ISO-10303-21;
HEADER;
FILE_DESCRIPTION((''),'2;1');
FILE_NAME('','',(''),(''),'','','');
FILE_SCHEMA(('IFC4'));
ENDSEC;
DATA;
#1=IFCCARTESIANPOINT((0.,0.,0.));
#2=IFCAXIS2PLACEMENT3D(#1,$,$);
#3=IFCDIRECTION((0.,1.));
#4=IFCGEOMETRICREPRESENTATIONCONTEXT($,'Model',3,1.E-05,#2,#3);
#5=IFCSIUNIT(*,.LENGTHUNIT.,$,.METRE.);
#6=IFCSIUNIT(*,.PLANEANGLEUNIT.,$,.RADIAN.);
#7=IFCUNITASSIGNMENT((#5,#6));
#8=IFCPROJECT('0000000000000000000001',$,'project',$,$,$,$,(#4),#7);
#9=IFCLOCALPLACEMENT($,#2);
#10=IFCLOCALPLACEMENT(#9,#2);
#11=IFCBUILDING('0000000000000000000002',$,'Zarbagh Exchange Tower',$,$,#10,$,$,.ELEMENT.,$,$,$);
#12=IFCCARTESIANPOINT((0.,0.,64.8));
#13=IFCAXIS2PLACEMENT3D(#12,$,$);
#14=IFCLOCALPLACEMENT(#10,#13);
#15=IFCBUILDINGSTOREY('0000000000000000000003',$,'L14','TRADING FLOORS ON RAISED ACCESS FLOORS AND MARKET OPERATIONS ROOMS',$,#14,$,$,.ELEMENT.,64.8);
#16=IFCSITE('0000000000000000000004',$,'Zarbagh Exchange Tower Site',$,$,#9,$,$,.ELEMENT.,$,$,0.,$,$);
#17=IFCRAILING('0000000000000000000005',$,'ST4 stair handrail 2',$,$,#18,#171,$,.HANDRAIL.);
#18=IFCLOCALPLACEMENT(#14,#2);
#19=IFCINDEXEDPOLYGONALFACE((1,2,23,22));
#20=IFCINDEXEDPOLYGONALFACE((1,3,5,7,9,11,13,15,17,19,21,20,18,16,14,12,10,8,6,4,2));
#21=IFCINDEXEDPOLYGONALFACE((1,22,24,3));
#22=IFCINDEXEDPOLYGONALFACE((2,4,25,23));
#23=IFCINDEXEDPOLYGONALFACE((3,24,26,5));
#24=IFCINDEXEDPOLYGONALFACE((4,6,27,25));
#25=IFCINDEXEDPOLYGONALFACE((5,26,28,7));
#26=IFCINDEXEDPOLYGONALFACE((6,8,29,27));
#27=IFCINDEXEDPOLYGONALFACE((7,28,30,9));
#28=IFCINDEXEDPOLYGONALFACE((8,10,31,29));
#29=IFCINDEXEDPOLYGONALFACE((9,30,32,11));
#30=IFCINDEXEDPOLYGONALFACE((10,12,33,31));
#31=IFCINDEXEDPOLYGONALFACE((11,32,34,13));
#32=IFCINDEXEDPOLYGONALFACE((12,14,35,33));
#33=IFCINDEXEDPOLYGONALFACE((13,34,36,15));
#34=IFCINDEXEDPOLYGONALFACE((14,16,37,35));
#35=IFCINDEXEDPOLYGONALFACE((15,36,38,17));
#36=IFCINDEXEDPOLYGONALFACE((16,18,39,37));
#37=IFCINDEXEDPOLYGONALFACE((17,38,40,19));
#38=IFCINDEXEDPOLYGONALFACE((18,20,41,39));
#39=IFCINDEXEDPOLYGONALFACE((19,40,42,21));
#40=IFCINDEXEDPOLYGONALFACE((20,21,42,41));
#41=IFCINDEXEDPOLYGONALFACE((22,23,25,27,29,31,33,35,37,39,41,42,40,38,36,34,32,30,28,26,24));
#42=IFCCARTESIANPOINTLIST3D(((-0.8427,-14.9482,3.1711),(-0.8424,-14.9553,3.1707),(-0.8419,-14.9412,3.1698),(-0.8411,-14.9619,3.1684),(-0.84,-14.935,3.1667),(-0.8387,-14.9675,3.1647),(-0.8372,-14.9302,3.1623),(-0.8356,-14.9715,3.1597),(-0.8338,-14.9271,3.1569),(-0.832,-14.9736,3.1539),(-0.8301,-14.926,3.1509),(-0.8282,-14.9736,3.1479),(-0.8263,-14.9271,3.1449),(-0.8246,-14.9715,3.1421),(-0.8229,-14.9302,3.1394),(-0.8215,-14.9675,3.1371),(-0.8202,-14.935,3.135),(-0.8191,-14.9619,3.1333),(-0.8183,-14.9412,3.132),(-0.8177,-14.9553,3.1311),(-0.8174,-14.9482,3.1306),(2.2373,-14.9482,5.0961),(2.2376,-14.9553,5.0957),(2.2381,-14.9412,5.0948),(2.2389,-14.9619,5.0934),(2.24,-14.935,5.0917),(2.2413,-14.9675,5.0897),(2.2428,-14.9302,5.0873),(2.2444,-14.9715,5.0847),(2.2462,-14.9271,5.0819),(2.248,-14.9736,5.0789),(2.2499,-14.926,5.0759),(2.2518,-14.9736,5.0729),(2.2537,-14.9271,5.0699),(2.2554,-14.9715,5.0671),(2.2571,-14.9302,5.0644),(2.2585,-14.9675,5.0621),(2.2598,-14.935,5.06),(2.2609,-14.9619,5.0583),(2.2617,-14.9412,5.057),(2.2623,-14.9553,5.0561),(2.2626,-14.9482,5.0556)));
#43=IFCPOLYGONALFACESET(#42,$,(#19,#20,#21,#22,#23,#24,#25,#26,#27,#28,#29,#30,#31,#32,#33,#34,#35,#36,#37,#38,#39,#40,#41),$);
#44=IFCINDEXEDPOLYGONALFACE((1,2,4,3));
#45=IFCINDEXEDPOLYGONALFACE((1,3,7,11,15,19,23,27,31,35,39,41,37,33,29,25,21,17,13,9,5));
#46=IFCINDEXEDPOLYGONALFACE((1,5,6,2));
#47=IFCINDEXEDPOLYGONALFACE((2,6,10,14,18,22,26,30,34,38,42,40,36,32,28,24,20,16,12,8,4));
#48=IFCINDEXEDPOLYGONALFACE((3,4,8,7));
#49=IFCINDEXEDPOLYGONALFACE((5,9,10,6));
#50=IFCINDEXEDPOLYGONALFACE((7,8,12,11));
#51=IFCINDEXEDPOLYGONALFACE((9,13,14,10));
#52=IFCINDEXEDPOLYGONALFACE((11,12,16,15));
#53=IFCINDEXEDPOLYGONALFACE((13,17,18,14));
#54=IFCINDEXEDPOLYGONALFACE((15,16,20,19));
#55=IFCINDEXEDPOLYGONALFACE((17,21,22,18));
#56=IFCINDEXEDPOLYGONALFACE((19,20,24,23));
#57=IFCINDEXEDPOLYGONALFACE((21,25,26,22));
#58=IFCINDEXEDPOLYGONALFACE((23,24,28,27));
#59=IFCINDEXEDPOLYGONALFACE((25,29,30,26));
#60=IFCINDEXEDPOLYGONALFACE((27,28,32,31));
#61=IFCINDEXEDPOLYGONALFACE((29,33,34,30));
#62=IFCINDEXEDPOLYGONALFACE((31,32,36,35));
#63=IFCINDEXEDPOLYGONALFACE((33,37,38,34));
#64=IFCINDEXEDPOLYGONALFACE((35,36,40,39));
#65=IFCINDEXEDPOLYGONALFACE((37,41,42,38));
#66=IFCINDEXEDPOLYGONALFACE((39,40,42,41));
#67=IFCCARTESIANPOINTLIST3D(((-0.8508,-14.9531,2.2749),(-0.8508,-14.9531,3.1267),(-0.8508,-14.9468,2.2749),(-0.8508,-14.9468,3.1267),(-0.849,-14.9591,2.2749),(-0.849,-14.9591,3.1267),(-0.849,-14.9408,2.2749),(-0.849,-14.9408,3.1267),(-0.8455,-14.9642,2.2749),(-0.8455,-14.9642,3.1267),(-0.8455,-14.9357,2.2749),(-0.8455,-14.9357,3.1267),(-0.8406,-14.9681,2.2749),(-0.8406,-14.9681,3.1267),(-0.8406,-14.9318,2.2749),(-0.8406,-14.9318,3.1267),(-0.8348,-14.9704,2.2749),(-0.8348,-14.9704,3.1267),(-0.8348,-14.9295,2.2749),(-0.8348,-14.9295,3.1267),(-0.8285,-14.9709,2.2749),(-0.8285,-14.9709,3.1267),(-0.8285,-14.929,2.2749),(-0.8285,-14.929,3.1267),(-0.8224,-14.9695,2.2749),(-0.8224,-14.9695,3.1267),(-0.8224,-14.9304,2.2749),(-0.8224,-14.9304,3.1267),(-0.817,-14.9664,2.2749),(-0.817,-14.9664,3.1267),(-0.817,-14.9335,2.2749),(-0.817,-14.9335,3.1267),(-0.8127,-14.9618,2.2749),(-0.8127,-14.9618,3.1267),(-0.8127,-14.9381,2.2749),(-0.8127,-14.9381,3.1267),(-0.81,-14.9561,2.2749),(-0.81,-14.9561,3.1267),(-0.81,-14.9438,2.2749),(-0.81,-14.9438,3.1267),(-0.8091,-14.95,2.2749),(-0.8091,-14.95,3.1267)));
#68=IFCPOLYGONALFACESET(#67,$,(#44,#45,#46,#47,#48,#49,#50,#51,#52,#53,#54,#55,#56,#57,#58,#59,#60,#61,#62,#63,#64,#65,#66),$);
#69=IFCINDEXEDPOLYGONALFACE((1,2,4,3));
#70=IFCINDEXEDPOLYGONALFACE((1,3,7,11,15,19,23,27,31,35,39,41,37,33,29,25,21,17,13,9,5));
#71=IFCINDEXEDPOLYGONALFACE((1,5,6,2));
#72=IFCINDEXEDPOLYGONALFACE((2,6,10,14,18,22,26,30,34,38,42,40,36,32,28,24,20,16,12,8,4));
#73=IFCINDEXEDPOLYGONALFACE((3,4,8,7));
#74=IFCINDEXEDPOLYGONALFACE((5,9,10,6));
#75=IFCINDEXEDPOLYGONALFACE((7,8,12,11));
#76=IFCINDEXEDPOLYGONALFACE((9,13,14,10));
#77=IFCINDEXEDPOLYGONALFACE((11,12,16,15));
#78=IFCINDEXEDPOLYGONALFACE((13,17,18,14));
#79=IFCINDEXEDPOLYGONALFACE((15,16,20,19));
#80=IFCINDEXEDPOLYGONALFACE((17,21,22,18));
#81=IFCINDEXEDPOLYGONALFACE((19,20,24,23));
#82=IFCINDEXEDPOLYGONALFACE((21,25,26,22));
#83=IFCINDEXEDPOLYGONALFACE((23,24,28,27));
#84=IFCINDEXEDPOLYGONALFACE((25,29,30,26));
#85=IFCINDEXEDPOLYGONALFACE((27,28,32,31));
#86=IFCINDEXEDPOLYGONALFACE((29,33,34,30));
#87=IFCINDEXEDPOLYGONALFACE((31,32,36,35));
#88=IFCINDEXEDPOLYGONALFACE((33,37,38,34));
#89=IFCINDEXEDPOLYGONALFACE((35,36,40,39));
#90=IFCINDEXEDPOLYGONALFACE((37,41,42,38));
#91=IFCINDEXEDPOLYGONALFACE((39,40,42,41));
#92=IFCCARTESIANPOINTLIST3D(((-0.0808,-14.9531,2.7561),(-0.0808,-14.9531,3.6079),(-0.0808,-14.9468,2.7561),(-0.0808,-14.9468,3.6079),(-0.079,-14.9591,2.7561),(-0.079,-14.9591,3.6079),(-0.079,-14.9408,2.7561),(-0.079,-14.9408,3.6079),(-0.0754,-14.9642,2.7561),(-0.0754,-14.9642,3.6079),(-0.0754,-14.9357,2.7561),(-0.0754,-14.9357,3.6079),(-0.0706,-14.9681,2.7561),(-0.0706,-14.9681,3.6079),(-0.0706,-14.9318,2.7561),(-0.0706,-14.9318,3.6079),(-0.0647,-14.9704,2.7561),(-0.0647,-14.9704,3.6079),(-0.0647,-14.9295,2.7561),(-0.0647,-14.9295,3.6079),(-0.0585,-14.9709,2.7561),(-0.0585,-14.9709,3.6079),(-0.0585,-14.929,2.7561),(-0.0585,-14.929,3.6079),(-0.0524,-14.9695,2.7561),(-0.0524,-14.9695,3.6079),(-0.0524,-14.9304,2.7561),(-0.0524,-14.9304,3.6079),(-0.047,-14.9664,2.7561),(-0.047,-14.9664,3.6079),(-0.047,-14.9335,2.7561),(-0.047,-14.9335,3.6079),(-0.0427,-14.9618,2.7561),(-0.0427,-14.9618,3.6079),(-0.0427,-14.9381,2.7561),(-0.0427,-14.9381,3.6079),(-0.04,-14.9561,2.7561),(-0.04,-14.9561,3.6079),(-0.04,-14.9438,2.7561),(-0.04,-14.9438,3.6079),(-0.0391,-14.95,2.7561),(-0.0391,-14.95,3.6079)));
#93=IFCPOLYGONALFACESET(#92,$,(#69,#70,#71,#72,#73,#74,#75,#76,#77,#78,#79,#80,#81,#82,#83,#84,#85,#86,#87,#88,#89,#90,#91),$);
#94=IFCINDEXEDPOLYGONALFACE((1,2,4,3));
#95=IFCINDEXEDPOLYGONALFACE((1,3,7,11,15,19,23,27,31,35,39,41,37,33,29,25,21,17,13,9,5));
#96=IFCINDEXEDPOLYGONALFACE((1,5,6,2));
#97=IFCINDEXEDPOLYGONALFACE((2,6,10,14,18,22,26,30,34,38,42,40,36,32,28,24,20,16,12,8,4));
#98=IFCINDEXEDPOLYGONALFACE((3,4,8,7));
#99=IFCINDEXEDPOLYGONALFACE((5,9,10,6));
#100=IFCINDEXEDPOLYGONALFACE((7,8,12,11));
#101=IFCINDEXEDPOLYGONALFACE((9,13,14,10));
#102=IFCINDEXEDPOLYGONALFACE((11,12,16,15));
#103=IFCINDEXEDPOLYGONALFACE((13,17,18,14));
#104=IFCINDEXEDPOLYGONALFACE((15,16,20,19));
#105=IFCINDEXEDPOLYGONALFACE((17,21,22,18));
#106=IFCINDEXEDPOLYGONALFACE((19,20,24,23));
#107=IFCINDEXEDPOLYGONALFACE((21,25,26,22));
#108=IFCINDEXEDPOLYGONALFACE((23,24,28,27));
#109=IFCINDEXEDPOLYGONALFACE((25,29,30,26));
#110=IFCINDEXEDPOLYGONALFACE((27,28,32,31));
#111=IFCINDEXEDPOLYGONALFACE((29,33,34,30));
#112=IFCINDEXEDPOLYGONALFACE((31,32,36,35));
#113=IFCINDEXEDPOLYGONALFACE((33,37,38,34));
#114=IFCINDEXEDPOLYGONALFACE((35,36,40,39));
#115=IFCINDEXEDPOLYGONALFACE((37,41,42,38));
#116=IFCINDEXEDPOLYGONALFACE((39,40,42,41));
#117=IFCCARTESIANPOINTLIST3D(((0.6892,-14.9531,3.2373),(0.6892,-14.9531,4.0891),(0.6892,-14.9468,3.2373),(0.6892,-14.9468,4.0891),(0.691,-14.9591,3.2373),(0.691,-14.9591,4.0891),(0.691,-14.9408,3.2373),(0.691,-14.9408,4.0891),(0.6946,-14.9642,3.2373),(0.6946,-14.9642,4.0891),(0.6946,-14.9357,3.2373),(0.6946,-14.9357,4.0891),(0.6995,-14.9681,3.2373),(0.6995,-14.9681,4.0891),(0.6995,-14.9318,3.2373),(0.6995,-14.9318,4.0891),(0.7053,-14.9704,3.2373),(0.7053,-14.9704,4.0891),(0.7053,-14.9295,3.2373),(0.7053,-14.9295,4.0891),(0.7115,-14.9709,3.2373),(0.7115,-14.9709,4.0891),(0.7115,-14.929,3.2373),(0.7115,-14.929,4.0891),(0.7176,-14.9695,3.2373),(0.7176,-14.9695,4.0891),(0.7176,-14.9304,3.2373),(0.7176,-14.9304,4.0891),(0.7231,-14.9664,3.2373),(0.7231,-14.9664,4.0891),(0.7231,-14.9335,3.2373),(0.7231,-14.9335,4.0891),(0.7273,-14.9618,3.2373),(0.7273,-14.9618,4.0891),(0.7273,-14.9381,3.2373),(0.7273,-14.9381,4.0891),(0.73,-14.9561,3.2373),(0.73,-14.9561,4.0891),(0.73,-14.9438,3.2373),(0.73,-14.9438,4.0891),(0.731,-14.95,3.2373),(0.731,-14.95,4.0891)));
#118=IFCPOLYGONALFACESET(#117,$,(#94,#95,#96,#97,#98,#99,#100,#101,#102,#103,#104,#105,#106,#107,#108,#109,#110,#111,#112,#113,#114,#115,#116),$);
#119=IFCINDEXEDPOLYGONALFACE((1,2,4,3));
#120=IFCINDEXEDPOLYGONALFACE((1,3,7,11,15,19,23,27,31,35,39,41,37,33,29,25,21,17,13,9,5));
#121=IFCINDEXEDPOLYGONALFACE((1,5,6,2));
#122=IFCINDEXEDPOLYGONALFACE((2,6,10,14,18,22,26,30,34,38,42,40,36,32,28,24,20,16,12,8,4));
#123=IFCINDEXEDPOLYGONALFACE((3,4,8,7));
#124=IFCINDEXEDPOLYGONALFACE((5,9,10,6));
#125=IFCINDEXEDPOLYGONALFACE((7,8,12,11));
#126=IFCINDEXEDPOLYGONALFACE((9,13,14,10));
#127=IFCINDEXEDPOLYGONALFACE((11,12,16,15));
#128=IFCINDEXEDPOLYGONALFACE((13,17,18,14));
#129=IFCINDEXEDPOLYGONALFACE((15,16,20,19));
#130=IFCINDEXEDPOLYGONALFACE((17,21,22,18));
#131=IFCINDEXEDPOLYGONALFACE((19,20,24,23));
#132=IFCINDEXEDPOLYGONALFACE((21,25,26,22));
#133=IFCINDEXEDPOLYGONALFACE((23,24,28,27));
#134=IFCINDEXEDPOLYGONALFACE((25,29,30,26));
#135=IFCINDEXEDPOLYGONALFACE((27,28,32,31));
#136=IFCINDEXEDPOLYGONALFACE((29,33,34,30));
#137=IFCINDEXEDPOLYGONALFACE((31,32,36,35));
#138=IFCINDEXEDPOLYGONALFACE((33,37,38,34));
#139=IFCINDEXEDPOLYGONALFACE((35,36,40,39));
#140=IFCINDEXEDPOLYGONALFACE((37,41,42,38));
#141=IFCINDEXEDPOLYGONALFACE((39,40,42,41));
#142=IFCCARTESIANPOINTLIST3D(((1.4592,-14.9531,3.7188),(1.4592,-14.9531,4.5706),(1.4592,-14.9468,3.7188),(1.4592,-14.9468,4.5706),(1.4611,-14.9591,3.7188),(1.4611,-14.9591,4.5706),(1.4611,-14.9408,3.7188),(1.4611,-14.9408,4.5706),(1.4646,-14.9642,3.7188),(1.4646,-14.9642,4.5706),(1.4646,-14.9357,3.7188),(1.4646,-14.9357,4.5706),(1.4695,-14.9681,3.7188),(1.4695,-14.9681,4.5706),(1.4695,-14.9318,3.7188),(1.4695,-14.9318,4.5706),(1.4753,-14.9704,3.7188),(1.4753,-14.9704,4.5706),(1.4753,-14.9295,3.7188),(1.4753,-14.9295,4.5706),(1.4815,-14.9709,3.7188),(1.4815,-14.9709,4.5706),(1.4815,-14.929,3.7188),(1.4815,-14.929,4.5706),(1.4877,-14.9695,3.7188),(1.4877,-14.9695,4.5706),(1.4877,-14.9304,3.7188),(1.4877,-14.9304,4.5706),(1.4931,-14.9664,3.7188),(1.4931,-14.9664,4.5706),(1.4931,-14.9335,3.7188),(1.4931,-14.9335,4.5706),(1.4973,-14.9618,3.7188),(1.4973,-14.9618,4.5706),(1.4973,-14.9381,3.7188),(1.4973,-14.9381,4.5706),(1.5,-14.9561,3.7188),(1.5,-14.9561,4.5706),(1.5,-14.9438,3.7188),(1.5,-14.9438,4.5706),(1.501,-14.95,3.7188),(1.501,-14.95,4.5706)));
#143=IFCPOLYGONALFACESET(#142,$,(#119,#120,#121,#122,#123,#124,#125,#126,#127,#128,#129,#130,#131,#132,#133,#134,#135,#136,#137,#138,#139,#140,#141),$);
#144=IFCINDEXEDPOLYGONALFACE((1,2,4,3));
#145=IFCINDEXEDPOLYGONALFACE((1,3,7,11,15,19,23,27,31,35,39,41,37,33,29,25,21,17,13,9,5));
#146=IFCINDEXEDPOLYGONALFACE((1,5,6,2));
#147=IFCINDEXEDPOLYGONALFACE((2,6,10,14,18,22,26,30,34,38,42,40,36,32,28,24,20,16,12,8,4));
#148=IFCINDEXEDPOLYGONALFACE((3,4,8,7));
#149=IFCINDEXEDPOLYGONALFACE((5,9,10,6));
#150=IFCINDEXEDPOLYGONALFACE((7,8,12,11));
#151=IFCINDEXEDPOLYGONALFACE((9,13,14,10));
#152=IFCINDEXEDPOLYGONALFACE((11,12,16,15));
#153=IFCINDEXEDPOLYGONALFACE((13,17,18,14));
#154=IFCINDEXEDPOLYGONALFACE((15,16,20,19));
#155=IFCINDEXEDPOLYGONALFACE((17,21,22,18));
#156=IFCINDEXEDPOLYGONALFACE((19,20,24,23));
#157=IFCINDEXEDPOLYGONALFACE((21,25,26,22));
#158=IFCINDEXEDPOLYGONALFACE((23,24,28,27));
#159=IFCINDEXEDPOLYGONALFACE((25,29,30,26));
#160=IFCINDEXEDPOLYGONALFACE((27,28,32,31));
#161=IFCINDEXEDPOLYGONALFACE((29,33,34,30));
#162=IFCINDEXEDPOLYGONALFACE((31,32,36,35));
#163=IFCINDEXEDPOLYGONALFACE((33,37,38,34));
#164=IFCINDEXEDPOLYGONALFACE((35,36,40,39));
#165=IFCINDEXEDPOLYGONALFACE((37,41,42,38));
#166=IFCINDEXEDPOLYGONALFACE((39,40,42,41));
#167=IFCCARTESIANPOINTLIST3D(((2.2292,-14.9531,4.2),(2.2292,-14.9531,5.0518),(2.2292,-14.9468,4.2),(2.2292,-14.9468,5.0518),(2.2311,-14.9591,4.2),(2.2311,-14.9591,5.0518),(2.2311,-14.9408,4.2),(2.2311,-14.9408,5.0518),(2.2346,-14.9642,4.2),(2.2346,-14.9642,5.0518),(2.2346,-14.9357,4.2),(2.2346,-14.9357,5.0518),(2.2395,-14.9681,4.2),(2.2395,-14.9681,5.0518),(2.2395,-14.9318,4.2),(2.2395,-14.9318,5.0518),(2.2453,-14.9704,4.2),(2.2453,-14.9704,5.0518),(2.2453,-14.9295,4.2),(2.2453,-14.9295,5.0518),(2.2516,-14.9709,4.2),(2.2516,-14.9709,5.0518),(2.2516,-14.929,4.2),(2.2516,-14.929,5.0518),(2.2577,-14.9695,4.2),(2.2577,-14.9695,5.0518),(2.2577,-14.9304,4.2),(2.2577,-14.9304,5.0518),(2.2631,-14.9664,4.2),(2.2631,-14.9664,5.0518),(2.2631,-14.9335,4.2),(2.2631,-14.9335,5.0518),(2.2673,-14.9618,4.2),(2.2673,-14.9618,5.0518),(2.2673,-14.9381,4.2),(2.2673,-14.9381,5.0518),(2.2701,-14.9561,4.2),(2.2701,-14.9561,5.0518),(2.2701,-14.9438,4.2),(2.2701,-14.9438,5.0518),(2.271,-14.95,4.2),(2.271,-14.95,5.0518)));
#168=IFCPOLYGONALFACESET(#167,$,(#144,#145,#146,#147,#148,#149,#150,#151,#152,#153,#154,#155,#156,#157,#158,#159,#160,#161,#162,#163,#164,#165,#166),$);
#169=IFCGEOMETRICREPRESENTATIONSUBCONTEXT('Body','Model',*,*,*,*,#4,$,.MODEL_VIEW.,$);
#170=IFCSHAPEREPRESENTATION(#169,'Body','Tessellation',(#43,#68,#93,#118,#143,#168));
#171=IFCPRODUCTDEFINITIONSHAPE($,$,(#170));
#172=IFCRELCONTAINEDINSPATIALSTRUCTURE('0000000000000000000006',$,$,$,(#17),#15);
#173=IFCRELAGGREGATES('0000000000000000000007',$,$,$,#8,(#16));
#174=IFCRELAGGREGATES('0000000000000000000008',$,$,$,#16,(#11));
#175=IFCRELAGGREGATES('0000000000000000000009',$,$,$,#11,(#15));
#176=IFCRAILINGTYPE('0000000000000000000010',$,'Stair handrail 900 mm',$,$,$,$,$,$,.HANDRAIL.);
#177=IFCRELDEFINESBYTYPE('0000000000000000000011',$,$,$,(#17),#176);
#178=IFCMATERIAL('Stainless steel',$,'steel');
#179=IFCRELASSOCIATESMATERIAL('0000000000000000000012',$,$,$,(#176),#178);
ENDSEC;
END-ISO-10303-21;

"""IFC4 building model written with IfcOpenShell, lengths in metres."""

from ifc_helpers import new_model, si_unit, direction, frame, origin, origin_2d, place, context, subcontext, project, spatial, circle, extrude, material, type_object, element, save


model = new_model("IFC4")

# Units and contexts
model_context = context("Model", 3, precision=1e-05, world=origin(), true_north=direction((0.0, 1.0)))
body_context = subcontext(model_context, "Body", "Model", "MODEL_VIEW")
ifc_project = project(units=[si_unit("LENGTHUNIT", "METRE"), si_unit("PLANEANGLEUNIT", "RADIAN")], contexts=[model_context])

# Site, building, storey
site_placement = place(None, origin())
site = spatial("IfcSite", under=ifc_project, at=site_placement, Name="Zarbagh Exchange Tower Site", CompositionType="ELEMENT", RefElevation=0.0)
building_placement = place(site_placement, origin())
building = spatial("IfcBuilding", under=site, at=building_placement, Name="Zarbagh Exchange Tower", CompositionType="ELEMENT")
storey_placement = place(building_placement, frame((0.0, 0.0, 64.8)))
storey = spatial("IfcBuildingStorey", under=building, at=storey_placement, Name="L14", Description="TRADING FLOORS ON RAISED ACCESS FLOORS AND MARKET OPERATIONS ROOMS", CompositionType="ELEMENT", Elevation=64.8)

# Shared definitions
ifc_material_1 = material(Name="Stainless steel", Category="steel")

# Railing
railing_type_1 = type_object("IfcRailingType", Name="Stair handrail 900 mm", PredefinedType="HANDRAIL", material=ifc_material_1)
railing_1_placement = place(storey_placement, frame((-0.8301, -14.95, 2.2749)))
element("IfcRailing", 1, at=railing_1_placement, inside=storey, type_object=railing_type_1, Name="ST4 stair handrail 2", PredefinedType="HANDRAIL", context=body_context, shape_type="SweptSolid", body=[
    extrude(circle(Radius=0.0239, at=origin_2d()), frame((0.0, 0.0, 0.876), z_axis=(0.847998, 0.0, 0.529999), x_axis=(0.0, 1.0, 0.0)), (0.0, 0.0, 1.0), 3.6321),
    extrude(circle(Radius=0.021, at=origin_2d()), origin(), (0.0, 0.0, 1.0), 0.8518),
    extrude(circle(Radius=0.021, at=origin_2d()), frame((0.77, 0.0, 0.4812)), (0.0, 0.0, 1.0), 0.8518),
    extrude(circle(Radius=0.021, at=origin_2d()), frame((1.54, 0.0, 0.9624)), (0.0, 0.0, 1.0), 0.8518),
    extrude(circle(Radius=0.021, at=origin_2d()), frame((2.3101, 0.0, 1.4438)), (0.0, 0.0, 1.0), 0.8518),
    extrude(circle(Radius=0.021, at=origin_2d()), frame((3.0801, 0.0, 1.925)), (0.0, 0.0, 1.0), 0.8518),
])

save(model, "model.ifc")
